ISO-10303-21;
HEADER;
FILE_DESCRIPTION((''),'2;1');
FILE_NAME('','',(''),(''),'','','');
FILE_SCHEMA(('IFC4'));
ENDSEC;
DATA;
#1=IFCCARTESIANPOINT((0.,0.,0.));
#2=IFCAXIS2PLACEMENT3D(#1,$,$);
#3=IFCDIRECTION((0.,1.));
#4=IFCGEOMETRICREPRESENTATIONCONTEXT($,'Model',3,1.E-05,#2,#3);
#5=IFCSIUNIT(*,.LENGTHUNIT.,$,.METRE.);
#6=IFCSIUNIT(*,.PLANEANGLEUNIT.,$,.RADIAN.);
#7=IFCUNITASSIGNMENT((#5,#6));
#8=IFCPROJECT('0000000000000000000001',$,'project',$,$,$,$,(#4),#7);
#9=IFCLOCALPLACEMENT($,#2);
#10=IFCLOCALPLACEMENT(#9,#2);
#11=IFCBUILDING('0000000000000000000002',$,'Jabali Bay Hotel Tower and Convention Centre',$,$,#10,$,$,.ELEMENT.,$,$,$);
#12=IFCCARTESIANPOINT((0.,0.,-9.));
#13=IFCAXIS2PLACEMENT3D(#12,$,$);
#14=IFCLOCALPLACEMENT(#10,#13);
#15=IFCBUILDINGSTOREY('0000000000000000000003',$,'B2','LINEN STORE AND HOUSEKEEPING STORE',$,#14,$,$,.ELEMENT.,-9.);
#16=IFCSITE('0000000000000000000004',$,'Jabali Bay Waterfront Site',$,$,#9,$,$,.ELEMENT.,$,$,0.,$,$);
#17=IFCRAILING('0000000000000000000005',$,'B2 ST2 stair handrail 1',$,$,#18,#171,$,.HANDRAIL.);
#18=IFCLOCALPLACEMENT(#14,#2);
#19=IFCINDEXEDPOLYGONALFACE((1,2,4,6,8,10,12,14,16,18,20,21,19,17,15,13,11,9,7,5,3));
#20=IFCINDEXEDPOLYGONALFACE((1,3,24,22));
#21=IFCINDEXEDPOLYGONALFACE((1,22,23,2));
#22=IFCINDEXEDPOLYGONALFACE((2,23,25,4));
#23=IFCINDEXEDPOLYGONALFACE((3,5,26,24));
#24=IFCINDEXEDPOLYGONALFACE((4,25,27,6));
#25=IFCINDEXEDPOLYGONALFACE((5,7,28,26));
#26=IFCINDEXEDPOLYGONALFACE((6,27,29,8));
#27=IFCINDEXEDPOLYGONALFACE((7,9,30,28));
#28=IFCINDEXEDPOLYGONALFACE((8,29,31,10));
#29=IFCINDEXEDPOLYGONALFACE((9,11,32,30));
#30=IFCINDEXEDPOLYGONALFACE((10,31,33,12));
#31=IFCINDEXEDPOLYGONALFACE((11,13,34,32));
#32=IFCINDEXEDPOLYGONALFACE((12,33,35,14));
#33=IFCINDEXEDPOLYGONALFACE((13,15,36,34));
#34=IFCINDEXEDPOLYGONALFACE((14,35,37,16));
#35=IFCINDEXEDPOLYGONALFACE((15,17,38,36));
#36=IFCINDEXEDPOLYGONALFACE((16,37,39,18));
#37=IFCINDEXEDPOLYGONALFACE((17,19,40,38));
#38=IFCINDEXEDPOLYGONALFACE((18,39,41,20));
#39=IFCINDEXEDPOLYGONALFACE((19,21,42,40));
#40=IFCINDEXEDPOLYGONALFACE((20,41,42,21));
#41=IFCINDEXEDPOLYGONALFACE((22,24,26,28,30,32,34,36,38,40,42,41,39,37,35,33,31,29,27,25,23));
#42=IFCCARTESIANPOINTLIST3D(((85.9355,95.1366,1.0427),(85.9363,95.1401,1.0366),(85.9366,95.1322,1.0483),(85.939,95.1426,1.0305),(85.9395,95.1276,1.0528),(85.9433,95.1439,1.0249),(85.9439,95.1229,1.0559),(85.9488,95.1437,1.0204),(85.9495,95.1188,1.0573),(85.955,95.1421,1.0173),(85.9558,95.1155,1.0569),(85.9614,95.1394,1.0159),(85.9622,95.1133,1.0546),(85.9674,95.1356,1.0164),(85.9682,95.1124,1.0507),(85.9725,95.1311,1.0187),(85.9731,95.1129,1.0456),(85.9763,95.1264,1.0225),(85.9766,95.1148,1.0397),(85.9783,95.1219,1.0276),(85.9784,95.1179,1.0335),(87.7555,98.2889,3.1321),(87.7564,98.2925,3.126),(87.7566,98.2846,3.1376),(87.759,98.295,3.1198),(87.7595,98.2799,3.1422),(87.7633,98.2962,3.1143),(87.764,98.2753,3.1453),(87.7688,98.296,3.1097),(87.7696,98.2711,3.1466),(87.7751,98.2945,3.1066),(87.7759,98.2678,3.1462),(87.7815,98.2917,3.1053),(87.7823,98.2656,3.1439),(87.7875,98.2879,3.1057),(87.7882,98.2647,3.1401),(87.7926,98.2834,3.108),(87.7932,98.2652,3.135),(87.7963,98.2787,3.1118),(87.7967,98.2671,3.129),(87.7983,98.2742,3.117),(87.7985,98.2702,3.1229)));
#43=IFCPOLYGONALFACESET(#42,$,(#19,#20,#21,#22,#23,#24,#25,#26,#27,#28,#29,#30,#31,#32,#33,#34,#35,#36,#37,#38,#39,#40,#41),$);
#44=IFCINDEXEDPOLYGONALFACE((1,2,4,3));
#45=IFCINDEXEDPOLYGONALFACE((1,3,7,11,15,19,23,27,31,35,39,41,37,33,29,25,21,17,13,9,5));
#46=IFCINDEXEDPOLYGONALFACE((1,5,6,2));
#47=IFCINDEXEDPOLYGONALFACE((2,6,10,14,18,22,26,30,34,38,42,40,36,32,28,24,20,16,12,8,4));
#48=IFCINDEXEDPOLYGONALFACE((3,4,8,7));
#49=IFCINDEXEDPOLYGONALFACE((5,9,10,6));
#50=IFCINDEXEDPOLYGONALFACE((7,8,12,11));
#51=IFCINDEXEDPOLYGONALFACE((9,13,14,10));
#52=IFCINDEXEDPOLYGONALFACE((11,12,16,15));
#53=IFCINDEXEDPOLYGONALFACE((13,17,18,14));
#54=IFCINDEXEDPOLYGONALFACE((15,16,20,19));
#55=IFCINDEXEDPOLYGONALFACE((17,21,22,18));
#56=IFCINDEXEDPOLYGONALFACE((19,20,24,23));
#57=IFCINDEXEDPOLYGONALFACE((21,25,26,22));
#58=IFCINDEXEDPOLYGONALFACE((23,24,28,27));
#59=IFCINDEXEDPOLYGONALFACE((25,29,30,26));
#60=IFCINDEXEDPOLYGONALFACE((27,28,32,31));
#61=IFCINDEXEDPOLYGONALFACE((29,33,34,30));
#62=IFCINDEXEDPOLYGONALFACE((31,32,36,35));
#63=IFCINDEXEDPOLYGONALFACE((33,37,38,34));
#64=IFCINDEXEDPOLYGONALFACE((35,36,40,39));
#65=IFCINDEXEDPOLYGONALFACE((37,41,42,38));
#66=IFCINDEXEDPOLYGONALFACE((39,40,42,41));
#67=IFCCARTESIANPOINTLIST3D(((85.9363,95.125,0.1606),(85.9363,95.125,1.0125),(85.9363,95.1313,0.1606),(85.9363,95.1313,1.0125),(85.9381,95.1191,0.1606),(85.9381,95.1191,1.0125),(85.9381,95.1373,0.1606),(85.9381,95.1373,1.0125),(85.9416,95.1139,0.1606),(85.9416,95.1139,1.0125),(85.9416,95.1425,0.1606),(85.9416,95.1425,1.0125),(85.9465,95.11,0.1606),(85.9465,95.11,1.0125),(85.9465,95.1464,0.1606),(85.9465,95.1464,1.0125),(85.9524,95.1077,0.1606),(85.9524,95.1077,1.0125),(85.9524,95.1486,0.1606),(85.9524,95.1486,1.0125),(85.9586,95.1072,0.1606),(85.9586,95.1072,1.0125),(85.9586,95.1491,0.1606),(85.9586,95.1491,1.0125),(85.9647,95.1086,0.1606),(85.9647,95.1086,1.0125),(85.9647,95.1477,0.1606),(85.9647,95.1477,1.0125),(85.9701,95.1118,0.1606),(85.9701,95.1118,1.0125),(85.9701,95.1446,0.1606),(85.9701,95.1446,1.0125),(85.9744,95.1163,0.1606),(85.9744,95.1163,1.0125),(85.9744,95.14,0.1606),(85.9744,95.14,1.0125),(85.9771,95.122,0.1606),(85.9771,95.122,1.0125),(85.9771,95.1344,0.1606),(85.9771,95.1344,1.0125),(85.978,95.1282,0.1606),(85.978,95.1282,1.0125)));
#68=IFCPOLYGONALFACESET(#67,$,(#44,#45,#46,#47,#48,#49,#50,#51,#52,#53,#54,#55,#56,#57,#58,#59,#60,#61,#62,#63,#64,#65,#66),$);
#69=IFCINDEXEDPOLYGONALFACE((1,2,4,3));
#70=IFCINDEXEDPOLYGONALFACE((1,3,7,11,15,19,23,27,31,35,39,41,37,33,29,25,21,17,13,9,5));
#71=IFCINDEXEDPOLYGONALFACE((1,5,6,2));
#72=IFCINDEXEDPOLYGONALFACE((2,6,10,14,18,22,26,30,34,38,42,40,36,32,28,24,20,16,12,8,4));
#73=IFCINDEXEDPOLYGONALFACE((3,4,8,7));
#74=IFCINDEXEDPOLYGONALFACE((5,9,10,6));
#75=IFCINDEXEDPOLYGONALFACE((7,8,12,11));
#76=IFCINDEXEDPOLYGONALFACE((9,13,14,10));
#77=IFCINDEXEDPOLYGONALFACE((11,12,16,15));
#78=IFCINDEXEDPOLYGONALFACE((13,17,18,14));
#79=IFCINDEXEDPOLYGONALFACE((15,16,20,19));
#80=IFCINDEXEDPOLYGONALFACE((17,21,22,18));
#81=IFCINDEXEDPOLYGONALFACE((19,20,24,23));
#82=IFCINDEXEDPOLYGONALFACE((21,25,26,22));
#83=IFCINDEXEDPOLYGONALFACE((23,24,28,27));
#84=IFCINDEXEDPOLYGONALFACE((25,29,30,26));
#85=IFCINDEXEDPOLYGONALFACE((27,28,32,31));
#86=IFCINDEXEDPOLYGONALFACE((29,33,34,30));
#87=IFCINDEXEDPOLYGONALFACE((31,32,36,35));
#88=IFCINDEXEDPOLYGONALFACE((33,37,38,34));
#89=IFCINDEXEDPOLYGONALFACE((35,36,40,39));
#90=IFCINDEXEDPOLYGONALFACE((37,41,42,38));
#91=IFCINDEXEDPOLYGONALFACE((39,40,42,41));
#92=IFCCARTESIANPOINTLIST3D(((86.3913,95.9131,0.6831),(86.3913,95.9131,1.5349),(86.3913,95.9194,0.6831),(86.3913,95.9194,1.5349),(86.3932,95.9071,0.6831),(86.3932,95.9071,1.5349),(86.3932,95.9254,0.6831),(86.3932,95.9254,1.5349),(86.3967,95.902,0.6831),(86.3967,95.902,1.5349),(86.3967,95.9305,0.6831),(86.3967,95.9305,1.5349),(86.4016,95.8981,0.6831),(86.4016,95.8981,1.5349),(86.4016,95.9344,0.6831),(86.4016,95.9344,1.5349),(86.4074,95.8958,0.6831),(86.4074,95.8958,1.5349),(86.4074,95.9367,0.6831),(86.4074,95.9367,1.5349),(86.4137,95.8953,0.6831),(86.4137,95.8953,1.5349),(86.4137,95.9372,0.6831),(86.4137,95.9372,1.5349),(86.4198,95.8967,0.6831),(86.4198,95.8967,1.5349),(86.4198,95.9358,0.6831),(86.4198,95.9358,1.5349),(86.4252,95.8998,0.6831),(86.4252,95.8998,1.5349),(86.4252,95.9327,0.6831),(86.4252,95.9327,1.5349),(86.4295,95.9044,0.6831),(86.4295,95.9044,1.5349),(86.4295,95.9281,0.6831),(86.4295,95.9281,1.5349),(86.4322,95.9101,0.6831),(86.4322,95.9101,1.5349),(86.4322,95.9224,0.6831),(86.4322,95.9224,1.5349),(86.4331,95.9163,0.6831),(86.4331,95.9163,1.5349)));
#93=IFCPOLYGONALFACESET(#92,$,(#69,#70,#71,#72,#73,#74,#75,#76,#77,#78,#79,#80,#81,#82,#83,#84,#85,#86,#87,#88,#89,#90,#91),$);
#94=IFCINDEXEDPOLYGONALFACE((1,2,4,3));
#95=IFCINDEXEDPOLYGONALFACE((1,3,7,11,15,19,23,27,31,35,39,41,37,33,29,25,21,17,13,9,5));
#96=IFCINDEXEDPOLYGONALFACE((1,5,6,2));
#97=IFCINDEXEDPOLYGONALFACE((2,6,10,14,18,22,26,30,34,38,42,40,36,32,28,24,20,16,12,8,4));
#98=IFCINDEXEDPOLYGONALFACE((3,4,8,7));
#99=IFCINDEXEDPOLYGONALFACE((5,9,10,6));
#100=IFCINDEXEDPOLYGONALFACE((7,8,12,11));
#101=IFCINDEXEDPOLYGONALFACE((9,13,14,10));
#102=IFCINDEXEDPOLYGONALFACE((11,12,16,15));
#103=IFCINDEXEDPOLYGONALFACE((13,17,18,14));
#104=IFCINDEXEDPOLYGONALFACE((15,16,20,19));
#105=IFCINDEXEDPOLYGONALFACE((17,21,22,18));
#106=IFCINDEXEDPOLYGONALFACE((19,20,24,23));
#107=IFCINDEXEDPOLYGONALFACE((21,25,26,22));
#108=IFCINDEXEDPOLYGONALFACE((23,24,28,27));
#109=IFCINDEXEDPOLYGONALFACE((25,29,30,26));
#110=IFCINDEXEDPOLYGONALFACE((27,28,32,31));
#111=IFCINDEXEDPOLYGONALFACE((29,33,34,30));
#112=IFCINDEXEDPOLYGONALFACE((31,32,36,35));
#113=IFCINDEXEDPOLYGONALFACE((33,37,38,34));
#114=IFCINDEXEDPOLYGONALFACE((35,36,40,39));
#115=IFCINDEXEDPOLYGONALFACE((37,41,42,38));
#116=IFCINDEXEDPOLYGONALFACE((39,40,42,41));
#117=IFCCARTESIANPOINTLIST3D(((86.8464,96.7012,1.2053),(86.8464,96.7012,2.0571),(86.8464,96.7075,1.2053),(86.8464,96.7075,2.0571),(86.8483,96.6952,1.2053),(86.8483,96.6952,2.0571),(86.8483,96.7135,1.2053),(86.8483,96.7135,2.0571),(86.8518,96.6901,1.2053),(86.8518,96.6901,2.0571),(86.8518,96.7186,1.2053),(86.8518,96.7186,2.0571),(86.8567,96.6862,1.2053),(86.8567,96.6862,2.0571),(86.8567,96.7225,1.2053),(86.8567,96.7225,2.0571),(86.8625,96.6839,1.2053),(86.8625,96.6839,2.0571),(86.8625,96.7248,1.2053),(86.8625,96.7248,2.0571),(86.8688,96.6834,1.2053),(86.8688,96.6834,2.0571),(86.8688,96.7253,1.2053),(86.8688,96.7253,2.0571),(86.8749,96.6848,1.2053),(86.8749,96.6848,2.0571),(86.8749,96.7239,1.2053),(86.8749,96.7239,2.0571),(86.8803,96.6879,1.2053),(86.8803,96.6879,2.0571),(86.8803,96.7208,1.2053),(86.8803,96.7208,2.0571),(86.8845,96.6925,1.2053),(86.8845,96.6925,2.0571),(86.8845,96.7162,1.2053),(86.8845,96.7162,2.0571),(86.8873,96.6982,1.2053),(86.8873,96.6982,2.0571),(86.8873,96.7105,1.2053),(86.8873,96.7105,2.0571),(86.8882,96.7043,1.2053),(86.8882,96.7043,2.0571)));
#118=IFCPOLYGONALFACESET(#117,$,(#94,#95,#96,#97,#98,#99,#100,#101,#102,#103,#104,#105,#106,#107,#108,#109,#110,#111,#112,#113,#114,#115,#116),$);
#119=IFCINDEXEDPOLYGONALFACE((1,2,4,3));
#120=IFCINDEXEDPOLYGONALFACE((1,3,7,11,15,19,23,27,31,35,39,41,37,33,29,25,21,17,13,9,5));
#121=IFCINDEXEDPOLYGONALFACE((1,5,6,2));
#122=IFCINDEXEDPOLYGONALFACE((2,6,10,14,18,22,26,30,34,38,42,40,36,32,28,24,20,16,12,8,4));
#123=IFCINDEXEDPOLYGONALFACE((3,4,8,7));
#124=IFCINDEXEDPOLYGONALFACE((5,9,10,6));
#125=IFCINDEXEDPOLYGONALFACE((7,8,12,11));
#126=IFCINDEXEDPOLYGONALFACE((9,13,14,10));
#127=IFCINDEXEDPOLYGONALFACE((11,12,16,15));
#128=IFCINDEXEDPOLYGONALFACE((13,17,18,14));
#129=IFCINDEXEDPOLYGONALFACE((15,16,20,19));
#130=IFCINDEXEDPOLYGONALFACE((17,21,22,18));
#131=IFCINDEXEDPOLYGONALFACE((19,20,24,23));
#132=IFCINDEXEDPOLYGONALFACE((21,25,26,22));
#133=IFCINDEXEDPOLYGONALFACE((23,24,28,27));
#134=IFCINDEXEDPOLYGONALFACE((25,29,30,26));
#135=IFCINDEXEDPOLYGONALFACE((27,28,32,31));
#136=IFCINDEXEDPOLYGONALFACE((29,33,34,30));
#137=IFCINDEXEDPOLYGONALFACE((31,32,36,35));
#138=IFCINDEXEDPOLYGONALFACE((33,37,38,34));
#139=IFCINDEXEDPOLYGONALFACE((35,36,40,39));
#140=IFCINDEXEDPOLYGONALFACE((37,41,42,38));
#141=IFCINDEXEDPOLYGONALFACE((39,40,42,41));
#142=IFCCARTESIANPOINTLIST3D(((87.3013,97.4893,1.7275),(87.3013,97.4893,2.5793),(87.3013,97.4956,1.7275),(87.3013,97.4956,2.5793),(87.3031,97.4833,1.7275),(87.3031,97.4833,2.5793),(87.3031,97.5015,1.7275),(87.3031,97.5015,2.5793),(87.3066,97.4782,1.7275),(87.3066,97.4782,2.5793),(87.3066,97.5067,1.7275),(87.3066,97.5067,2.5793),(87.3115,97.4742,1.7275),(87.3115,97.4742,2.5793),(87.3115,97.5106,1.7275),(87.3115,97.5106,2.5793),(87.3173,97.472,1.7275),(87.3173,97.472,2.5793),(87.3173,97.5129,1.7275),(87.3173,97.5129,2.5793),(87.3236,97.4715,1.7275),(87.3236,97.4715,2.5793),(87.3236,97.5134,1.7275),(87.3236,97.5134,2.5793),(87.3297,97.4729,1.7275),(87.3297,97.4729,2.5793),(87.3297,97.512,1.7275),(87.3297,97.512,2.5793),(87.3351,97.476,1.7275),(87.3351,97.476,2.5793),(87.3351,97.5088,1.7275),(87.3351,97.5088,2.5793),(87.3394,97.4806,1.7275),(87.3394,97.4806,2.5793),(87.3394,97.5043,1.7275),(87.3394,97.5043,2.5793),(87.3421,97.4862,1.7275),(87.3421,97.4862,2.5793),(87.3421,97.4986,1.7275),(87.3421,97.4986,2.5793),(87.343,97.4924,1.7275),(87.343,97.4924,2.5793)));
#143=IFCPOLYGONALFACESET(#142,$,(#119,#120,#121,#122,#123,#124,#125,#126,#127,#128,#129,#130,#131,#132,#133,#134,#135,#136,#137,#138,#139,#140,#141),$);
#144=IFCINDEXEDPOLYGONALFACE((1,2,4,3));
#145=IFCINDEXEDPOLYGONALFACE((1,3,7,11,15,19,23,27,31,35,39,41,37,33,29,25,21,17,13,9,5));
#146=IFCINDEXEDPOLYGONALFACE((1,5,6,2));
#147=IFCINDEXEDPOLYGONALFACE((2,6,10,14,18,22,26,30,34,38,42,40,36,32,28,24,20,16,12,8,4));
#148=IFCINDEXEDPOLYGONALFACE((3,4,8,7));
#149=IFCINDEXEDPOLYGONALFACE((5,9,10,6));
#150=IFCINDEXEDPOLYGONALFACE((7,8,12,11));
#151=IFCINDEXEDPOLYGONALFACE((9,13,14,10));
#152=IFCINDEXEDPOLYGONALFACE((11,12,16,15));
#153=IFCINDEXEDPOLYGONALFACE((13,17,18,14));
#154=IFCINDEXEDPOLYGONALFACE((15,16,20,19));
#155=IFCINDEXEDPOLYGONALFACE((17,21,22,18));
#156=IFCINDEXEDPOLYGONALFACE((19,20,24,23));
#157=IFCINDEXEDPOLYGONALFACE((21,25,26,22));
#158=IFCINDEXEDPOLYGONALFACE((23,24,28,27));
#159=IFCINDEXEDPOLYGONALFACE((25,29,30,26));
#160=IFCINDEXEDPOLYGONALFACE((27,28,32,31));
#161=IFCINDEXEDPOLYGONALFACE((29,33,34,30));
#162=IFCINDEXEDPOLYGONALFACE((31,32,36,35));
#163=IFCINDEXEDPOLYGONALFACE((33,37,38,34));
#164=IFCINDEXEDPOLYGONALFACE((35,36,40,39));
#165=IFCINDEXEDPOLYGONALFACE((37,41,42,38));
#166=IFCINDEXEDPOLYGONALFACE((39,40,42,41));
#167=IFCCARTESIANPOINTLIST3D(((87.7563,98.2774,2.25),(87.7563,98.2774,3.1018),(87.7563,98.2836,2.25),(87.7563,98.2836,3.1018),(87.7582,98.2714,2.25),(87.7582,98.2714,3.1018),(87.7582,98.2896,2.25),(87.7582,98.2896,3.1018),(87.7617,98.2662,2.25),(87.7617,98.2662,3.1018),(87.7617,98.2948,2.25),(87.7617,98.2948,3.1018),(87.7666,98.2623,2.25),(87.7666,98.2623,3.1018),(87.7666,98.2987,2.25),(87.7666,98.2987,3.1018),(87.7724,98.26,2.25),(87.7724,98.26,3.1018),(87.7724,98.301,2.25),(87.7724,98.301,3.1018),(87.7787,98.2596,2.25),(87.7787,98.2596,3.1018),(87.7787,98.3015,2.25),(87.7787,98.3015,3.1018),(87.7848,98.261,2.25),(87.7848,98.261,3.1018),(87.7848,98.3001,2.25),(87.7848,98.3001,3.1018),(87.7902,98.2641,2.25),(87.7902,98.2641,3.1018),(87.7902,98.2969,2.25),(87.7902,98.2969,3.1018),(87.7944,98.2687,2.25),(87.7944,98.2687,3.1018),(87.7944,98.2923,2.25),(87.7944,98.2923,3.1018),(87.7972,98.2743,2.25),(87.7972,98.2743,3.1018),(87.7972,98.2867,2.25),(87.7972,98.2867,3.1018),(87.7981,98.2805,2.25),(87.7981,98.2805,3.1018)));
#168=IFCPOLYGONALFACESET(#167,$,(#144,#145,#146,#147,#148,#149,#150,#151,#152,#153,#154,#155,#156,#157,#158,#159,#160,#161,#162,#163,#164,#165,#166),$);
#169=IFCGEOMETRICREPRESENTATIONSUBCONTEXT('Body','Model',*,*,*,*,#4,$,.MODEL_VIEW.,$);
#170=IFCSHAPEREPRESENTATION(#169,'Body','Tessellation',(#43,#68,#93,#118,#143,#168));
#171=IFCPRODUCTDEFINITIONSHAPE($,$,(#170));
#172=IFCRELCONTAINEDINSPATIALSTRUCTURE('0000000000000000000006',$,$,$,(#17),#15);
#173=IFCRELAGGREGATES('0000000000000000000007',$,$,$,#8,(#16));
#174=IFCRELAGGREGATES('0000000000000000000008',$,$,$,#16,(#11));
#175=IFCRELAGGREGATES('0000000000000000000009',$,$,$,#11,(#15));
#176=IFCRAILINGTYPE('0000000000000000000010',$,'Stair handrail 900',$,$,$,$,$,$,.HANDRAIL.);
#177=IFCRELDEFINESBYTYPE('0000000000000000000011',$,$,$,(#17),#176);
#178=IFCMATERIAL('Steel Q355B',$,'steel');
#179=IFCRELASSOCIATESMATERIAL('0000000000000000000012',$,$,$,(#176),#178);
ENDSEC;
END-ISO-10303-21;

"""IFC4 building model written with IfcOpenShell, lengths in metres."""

from ifc_helpers import new_model, si_unit, direction, frame, origin, origin_2d, place, context, subcontext, project, spatial, circle, extrude, material, type_object, element, save


model = new_model("IFC4")

# Units and contexts
model_context = context("Model", 3, precision=1e-05, world=origin(), true_north=direction((0.0, 1.0)))
body_context = subcontext(model_context, "Body", "Model", "MODEL_VIEW")
ifc_project = project(units=[si_unit("LENGTHUNIT", "METRE"), si_unit("PLANEANGLEUNIT", "RADIAN")], contexts=[model_context])

# Site, building, storey
site_placement = place(None, origin())
site = spatial("IfcSite", under=ifc_project, at=site_placement, Name="Jabali Bay Waterfront Site", CompositionType="ELEMENT", RefElevation=0.0)
building_placement = place(site_placement, origin())
building = spatial("IfcBuilding", under=site, at=building_placement, Name="Jabali Bay Hotel Tower and Convention Centre", CompositionType="ELEMENT")
storey_placement = place(building_placement, frame((0.0, 0.0, -9.0)))
storey = spatial("IfcBuildingStorey", under=building, at=storey_placement, Name="B2", Description="LINEN STORE AND HOUSEKEEPING STORE", CompositionType="ELEMENT", Elevation=-9.0)

# Railing
ifc_material_1 = material(Name="Steel Q355B", Category="steel")
railing_type_1 = type_object("IfcRailingType", Name="Stair handrail 900", PredefinedType="HANDRAIL", material=ifc_material_1)
railing_1_placement = place(storey_placement, frame((85.957, 95.1282, 0.1606)))
element("IfcRailing", 1, at=railing_1_placement, inside=storey, type_object=railing_type_1, Name="B2 ST2 stair handrail 1", PredefinedType="HANDRAIL", context=body_context, shape_type="SweptSolid", body=[
    extrude(circle(Radius=0.0239, at=origin_2d()), frame((0.0, 0.0, 0.876), z_axis=(0.433653, 0.751084, 0.497814), x_axis=(-0.866018, 0.500013, 0.0)), (0.0, 0.0, 1.0), 4.197),
    extrude(circle(Radius=0.021, at=origin_2d()), origin(), (0.0, 0.0, 1.0), 0.8518),
    extrude(circle(Radius=0.021, at=origin_2d()), frame((0.4551, 0.7881, 0.5225)), (0.0, 0.0, 1.0), 0.8518),
    extrude(circle(Radius=0.021, at=origin_2d()), frame((0.9102, 1.5762, 1.0447)), (0.0, 0.0, 1.0), 0.8518),
    extrude(circle(Radius=0.021, at=origin_2d()), frame((1.365, 2.3643, 1.5669)), (0.0, 0.0, 1.0), 0.8518),
    extrude(circle(Radius=0.021, at=origin_2d()), frame((1.8201, 3.1523, 2.0894)), (0.0, 0.0, 1.0), 0.8518),
])

save(model, "model.ifc")
